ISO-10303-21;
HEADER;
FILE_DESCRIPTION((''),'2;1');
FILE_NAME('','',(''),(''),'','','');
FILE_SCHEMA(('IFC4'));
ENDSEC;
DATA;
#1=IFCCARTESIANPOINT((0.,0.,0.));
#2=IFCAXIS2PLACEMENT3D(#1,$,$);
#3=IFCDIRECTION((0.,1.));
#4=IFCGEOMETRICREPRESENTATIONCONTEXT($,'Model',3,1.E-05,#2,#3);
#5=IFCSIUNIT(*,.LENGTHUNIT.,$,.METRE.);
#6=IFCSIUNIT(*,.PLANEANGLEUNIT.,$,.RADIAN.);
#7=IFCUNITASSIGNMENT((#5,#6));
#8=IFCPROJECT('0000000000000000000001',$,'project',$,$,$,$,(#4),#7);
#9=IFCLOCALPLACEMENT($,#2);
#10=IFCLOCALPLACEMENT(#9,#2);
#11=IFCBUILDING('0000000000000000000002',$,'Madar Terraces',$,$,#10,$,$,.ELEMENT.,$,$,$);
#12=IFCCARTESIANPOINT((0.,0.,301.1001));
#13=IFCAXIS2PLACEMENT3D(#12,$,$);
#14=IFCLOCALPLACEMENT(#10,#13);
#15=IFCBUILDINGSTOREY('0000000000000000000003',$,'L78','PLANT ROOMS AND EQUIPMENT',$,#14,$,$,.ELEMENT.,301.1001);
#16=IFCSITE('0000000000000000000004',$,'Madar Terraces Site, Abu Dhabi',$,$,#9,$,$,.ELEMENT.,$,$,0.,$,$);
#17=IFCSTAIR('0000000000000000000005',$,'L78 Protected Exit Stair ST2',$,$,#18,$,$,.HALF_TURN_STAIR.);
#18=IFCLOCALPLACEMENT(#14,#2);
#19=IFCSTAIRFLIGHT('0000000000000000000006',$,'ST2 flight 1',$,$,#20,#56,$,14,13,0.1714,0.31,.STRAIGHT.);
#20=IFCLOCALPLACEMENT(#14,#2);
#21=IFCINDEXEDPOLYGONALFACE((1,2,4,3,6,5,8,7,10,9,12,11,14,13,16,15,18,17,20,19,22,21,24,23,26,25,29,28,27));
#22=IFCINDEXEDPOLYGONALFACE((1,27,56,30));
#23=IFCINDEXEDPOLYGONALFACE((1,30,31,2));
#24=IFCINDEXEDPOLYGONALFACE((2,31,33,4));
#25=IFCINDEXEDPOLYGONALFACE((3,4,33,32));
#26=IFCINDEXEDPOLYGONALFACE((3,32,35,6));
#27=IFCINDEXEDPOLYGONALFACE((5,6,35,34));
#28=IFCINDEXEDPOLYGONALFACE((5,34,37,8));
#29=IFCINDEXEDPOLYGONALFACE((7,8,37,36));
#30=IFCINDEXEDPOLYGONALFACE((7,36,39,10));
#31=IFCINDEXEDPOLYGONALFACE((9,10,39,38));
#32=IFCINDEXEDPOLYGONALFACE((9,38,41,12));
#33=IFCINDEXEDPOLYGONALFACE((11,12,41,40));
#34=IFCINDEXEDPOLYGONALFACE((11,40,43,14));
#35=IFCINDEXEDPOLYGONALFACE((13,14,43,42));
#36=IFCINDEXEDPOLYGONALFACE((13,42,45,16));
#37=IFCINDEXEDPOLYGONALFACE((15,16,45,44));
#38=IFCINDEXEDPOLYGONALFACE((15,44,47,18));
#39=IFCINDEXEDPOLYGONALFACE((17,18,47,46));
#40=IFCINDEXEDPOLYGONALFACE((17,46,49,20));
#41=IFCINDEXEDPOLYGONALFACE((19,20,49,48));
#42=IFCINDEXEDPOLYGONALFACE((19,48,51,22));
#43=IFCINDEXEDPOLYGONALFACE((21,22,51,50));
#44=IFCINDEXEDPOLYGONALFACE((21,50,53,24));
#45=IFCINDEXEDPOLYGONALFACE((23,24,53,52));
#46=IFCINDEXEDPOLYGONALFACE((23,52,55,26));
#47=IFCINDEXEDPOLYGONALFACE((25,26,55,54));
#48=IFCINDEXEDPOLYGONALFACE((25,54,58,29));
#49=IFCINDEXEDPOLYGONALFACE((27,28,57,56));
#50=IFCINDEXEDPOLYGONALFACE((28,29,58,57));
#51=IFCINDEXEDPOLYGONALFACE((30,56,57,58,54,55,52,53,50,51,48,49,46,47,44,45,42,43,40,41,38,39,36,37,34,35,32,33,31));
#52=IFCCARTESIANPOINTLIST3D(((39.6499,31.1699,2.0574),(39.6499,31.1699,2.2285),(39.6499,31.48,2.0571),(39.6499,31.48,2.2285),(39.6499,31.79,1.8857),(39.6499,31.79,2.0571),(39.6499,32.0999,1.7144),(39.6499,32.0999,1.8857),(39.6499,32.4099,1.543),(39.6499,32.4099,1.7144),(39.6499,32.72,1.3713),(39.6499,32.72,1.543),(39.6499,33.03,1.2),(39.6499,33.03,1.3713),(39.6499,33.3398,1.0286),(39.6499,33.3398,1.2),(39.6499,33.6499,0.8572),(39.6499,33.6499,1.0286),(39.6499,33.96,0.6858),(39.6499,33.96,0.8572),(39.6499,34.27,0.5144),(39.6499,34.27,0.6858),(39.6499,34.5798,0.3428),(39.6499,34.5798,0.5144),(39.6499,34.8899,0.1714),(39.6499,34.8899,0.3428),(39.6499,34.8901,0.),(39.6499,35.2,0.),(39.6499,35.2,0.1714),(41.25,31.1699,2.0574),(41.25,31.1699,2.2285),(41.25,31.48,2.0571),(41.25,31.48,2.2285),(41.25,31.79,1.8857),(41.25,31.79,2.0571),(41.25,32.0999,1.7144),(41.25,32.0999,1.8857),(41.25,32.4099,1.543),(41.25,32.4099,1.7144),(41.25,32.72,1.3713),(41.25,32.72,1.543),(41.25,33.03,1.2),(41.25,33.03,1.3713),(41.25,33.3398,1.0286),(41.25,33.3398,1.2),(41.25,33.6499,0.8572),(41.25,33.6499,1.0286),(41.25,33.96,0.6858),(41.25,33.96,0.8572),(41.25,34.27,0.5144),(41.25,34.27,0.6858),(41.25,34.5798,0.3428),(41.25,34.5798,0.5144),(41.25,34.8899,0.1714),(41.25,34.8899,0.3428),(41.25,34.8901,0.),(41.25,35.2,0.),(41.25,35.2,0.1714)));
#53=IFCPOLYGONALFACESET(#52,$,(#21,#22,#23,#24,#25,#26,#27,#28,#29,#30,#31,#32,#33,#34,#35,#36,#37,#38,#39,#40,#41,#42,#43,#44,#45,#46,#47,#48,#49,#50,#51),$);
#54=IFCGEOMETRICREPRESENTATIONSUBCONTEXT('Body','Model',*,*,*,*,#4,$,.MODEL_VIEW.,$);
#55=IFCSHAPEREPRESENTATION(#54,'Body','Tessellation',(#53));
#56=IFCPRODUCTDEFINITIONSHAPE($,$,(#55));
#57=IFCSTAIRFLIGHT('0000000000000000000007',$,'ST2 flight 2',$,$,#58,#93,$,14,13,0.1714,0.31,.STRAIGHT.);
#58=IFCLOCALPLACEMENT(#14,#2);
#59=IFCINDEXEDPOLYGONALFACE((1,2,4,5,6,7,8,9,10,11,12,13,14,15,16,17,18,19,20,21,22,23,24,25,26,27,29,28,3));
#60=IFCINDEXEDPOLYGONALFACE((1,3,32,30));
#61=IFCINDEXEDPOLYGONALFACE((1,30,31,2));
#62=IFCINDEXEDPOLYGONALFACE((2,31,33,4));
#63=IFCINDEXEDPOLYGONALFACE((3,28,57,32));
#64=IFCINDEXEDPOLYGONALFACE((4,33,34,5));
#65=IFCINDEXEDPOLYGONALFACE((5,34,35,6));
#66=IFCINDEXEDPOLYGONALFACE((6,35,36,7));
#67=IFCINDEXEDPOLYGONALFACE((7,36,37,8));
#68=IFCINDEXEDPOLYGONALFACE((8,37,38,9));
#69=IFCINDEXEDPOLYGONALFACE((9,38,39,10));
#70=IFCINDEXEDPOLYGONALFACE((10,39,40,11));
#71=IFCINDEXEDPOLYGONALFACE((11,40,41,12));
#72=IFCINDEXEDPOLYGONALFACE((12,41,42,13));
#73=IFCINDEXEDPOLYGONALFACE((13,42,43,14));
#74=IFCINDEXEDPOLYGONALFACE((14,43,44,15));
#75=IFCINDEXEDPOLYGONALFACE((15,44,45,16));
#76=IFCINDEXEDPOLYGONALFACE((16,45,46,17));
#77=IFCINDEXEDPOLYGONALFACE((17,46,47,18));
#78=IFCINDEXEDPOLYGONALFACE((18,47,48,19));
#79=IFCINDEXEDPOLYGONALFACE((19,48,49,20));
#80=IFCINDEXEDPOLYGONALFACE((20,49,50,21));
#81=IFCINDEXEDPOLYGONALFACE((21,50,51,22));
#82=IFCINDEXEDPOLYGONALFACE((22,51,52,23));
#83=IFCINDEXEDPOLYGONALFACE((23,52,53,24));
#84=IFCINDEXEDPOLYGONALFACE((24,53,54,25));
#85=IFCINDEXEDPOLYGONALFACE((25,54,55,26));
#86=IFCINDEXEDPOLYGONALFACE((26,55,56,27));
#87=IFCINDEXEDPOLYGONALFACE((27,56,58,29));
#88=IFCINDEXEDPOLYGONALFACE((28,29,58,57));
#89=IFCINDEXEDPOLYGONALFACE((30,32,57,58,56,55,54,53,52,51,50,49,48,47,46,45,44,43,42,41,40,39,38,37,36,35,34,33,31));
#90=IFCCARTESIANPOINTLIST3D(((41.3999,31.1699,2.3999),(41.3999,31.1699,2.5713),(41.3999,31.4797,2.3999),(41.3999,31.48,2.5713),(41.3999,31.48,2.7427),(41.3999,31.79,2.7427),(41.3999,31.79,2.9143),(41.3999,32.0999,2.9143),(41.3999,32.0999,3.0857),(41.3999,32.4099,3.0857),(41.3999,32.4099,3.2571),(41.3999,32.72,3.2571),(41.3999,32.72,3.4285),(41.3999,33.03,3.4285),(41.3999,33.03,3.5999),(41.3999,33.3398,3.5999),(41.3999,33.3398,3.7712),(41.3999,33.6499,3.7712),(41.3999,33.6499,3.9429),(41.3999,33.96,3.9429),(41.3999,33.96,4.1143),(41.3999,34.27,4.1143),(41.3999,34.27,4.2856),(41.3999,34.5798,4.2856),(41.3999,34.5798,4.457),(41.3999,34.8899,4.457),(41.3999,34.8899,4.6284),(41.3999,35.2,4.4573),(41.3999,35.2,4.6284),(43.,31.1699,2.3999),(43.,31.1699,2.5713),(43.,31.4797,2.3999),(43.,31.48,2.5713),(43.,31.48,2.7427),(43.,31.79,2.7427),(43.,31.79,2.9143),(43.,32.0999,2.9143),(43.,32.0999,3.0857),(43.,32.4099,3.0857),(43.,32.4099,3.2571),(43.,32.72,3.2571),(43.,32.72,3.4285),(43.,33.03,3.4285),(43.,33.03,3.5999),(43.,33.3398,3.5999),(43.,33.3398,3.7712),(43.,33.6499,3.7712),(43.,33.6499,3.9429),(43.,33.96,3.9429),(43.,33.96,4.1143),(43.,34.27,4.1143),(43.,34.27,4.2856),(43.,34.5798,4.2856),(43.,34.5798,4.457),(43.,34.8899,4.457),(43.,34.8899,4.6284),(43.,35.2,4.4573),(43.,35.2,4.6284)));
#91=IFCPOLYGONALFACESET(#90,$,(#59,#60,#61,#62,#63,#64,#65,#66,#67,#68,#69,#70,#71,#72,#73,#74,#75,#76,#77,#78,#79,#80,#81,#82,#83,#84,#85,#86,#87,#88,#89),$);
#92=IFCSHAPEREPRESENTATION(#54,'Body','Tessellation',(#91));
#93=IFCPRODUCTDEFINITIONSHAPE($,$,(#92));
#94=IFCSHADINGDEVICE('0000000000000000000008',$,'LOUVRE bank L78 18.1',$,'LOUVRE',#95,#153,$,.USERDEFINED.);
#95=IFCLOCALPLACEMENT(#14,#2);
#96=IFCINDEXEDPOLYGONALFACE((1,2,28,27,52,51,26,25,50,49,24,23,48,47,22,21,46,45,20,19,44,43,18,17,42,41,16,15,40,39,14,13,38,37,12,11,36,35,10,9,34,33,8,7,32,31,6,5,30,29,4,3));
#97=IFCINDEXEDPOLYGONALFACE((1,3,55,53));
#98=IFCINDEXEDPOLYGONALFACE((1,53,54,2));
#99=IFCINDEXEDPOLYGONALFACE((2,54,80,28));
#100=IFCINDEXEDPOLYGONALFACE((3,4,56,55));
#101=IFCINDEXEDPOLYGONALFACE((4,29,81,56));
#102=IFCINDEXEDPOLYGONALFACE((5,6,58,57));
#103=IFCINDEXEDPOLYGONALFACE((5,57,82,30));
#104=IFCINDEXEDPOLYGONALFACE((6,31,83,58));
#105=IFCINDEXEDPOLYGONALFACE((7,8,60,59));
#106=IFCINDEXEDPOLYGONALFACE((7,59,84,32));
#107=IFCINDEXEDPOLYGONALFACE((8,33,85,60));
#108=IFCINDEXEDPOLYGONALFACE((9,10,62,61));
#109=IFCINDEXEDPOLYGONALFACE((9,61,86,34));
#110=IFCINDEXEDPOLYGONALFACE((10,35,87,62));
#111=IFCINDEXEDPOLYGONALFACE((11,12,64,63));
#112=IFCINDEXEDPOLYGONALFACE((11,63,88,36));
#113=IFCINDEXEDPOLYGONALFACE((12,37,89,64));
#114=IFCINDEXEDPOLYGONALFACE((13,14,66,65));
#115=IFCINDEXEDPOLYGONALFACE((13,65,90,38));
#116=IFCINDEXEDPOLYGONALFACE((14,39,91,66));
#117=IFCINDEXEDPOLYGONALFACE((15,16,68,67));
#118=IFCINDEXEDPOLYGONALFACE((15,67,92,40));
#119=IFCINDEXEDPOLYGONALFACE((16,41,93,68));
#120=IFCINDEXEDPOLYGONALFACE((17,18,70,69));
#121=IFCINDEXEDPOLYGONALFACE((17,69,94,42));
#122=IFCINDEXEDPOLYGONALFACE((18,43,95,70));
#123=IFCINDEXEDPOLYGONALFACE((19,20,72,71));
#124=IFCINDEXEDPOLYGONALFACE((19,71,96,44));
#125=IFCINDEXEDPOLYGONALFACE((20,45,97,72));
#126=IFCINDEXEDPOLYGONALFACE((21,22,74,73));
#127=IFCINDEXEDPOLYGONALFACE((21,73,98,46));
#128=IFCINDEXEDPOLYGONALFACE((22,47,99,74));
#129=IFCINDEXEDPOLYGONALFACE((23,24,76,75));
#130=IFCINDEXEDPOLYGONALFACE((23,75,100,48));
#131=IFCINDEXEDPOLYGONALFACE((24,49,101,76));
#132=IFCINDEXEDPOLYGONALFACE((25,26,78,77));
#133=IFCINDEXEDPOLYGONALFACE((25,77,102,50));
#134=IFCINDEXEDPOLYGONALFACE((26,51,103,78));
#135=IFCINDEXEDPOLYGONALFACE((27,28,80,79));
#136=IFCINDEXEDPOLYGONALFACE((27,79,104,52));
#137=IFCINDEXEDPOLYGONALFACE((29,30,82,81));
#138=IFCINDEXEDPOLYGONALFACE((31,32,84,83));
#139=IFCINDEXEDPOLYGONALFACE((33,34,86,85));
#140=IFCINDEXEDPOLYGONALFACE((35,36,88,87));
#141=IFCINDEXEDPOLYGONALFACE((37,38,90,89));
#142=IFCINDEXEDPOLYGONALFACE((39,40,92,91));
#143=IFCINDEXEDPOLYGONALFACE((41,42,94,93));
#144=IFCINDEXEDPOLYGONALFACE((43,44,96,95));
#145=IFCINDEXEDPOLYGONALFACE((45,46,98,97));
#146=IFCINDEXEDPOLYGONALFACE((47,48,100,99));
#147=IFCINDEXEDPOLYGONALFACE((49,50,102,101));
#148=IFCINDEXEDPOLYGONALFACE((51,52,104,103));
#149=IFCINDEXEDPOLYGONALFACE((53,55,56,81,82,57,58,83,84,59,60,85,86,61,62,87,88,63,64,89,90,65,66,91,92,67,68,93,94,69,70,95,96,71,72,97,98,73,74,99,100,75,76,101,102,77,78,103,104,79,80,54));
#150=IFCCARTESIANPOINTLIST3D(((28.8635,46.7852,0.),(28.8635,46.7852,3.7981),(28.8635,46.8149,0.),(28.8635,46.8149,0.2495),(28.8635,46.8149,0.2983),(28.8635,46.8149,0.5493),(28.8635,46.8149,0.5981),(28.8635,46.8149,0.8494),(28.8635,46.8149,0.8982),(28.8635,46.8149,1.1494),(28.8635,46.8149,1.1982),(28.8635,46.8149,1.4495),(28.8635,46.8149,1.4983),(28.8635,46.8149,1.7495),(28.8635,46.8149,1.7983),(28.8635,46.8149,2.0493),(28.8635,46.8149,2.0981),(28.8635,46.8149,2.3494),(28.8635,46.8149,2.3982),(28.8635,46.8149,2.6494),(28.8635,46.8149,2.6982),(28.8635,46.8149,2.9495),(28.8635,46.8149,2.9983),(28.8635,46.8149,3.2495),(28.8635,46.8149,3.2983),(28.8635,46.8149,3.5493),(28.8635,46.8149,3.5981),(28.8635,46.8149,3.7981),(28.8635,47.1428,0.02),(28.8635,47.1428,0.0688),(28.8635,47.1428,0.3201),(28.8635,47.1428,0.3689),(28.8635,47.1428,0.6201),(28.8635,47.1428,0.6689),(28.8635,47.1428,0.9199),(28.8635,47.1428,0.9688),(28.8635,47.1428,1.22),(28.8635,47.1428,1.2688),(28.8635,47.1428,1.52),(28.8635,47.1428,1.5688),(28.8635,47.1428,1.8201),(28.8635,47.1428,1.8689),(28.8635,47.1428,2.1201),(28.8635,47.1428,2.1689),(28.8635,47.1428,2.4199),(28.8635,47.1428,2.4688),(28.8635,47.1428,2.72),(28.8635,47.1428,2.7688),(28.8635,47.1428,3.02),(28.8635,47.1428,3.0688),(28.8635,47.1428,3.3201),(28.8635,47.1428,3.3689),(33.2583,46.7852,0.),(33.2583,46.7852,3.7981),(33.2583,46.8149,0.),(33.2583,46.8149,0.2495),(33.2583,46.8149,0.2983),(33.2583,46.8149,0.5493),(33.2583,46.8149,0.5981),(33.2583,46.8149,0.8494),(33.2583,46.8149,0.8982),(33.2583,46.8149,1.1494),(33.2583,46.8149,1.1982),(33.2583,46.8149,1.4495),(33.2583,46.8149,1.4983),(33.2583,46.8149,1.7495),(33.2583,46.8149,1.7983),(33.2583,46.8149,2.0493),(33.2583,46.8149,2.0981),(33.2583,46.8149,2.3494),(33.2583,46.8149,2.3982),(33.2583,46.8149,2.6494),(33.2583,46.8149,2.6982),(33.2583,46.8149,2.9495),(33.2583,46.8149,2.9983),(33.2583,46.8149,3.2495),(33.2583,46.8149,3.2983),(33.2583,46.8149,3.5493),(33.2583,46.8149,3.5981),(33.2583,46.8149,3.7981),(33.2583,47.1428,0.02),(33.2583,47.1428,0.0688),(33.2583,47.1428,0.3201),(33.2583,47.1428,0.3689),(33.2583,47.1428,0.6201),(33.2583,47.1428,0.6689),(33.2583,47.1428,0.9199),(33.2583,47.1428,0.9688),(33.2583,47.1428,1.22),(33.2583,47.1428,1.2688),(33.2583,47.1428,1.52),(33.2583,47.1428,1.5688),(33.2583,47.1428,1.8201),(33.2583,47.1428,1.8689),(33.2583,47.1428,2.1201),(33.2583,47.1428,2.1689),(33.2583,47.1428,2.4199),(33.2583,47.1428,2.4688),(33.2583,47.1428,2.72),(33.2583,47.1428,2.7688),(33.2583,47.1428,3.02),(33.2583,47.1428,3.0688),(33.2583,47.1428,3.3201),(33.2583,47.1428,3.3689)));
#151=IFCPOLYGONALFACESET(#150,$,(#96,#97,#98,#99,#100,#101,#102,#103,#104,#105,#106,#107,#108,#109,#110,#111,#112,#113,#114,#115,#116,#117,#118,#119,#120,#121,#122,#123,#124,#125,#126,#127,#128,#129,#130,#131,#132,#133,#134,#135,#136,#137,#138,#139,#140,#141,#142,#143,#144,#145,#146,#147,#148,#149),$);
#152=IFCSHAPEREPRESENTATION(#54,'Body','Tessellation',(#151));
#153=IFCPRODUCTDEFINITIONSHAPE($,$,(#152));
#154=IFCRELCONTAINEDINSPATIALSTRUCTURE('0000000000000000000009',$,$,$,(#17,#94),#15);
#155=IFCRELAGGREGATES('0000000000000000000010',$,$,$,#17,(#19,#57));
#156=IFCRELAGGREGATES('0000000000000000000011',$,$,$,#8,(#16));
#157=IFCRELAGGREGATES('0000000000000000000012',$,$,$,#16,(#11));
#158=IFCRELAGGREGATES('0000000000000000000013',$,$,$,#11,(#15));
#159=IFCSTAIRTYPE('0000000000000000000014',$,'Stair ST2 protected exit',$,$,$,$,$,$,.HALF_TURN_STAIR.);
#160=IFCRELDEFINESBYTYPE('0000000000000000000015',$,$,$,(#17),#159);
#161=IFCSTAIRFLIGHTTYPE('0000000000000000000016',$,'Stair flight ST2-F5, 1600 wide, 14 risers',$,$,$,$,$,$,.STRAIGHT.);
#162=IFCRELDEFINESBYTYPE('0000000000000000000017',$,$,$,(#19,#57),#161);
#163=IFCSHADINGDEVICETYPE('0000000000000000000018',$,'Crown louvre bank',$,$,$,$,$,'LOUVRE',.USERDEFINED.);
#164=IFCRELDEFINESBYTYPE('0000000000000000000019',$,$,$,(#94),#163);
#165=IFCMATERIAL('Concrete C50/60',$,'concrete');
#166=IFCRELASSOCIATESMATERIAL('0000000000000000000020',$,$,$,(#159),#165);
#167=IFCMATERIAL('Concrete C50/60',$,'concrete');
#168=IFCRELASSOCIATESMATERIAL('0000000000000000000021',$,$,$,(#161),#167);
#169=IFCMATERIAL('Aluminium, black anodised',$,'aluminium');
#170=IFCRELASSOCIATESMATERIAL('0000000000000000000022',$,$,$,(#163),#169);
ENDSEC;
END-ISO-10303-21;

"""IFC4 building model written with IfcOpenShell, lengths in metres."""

from ifc_helpers import new_model, si_unit, direction, frame, origin, place, context, subcontext, project, spatial, polyline, outline, extrude, material, type_object, element, aggregate, save


model = new_model("IFC4")

# Units and contexts
model_context = context("Model", 3, precision=1e-05, world=origin(), true_north=direction((0.0, 1.0)))
body_context = subcontext(model_context, "Body", "Model", "MODEL_VIEW")
ifc_project = project(units=[si_unit("LENGTHUNIT", "METRE"), si_unit("PLANEANGLEUNIT", "RADIAN")], contexts=[model_context])

# Site, building, storey
site_placement = place(None, origin())
site = spatial("IfcSite", under=ifc_project, at=site_placement, Name="Madar Terraces Site, Abu Dhabi", CompositionType="ELEMENT", RefElevation=0.0)
building_placement = place(site_placement, origin())
building = spatial("IfcBuilding", under=site, at=building_placement, Name="Madar Terraces", CompositionType="ELEMENT")
storey_placement = place(building_placement, frame((0.0, 0.0, 301.1001)))
storey = spatial("IfcBuildingStorey", under=building, at=storey_placement, Name="L78", Description="PLANT ROOMS AND EQUIPMENT", CompositionType="ELEMENT", Elevation=301.1001)

# Stair, stair flights
ifc_material_1 = material(Name="Concrete C50/60", Category="concrete")
stair_type = type_object("IfcStairType", Name="Stair ST2 protected exit", PredefinedType="HALF_TURN_STAIR", material=ifc_material_1)
stair_placement = place(storey_placement, origin())
stair = element("IfcStair", 1, at=stair_placement, inside=storey, type_object=stair_type, Name="L78 Protected Exit Stair ST2", PredefinedType="HALF_TURN_STAIR")
ifc_material_2 = material(Name="Concrete C50/60", Category="concrete")
stair_flight_type = type_object("IfcStairFlightType", Name="Stair flight ST2-F5, 1600 wide, 14 risers", PredefinedType="STRAIGHT", material=ifc_material_2)
stair_flight_1_placement = place(storey_placement, frame((40.45, 35.2, 0.0), z_axis=(0.0, 0.0, 1.0), x_axis=(0.0, -1.0, 0.0)))
stair_flight_1 = element("IfcStairFlight", 2, at=stair_flight_1_placement, type_object=stair_flight_type, Name="ST2 flight 1", NumberOfRisers=14, NumberOfTreads=13, PredefinedType="STRAIGHT", RiserHeight=0.1714, TreadLength=0.31, context=body_context, shape_type="SweptSolid", body=[
    extrude(outline(polyline([(0.0, 0.0), (0.0, 0.1714), (0.3101, 0.1714), (0.3101, 0.3428), (0.6201, 0.3428), (0.6201, 0.5144), (0.9299, 0.5144), (0.9299, 0.6858), (1.24, 0.6858), (1.24, 0.8572), (1.55, 0.8572), (1.55, 1.0286), (1.8601, 1.0286), (1.8601, 1.2), (2.1699, 1.2), (2.1699, 1.3713), (2.48, 1.3713), (2.48, 1.543), (2.79, 1.543), (2.79, 1.7144), (3.1001, 1.7144), (3.1001, 1.8857), (3.4099, 1.8857), (3.4099, 2.0571), (3.72, 2.0571), (3.72, 2.2285), (4.03, 2.2285), (4.03, 2.3999), (4.03, 2.0574), (0.3098, 0.0), (0.0, 0.0)])), frame((0.0, 0.8, 0.0), z_axis=(0.0, -1.0, 0.0), x_axis=(1.0, 0.0, 0.0)), (0.0, 0.0, 1.0), 1.6001),
])
stair_flight_2_placement = place(storey_placement, frame((42.2, 31.1699, 2.3999), z_axis=(0.0, 0.0, 1.0), x_axis=(0.0, 1.0, 0.0)))
stair_flight_2 = element("IfcStairFlight", 3, at=stair_flight_2_placement, type_object=stair_flight_type, Name="ST2 flight 2", NumberOfRisers=14, NumberOfTreads=13, PredefinedType="STRAIGHT", RiserHeight=0.1714, TreadLength=0.31, context=body_context, shape_type="SweptSolid", body=[
    extrude(outline(polyline([(0.0, 0.0), (0.0, 0.1714), (0.3101, 0.1714), (0.3101, 0.3428), (0.6201, 0.3428), (0.6201, 0.5144), (0.9299, 0.5144), (0.9299, 0.6858), (1.24, 0.6858), (1.24, 0.8572), (1.55, 0.8572), (1.55, 1.0286), (1.8601, 1.0286), (1.8601, 1.2), (2.1699, 1.2), (2.1699, 1.3713), (2.48, 1.3713), (2.48, 1.543), (2.79, 1.543), (2.79, 1.7144), (3.1001, 1.7144), (3.1001, 1.8857), (3.4099, 1.8857), (3.4099, 2.0571), (3.72, 2.0571), (3.72, 2.2285), (4.03, 2.2285), (4.03, 2.3999), (4.03, 2.0574), (0.3098, 0.0), (0.0, 0.0)])), frame((0.0, 0.8, 0.0), z_axis=(0.0, -1.0, 0.0), x_axis=(1.0, 0.0, 0.0)), (0.0, 0.0, 1.0), 1.6001),
])
aggregate(stair, [stair_flight_1, stair_flight_2])

# Shading device
ifc_material_3 = material(Name="Aluminium, black anodised", Category="aluminium")
shading_device_type = type_object("IfcShadingDeviceType", Name="Crown louvre bank", ElementType="LOUVRE", PredefinedType="USERDEFINED", material=ifc_material_3)
shading_device_1_placement = place(storey_placement, frame((33.2583, 46.8, 0.0), z_axis=(-1.0, 0.0, 0.0), x_axis=(0.0, -1.0, 0.0)))
element("IfcShadingDevice", 4, at=shading_device_1_placement, inside=storey, type_object=shading_device_type, Name="LOUVRE bank L78 18.1", ObjectType="LOUVRE", PredefinedType="USERDEFINED", context=body_context, shape_type="SweptSolid", body=[
    extrude(outline(polyline([(0.0149, 0.0), (-0.0149, 0.0), (-0.0149, 0.2495), (-0.3428, 0.02), (-0.3428, 0.0688), (-0.0149, 0.2983), (-0.0149, 0.5493), (-0.3428, 0.3201), (-0.3428, 0.3689), (-0.0149, 0.5981), (-0.0149, 0.8494), (-0.3428, 0.6201), (-0.3428, 0.6689), (-0.0149, 0.8982), (-0.0149, 1.1494), (-0.3428, 0.9199), (-0.3428, 0.9688), (-0.0149, 1.1982), (-0.0149, 1.4495), (-0.3428, 1.22), (-0.3428, 1.2688), (-0.0149, 1.4983), (-0.0149, 1.7495), (-0.3428, 1.52), (-0.3428, 1.5688), (-0.0149, 1.7983), (-0.0149, 2.0493), (-0.3428, 1.8201), (-0.3428, 1.8689), (-0.0149, 2.0981), (-0.0149, 2.3494), (-0.3428, 2.1201), (-0.3428, 2.1689), (-0.0149, 2.3982), (-0.0149, 2.6494), (-0.3428, 2.4199), (-0.3428, 2.4688), (-0.0149, 2.6982), (-0.0149, 2.9495), (-0.3428, 2.72), (-0.3428, 2.7688), (-0.0149, 2.9983), (-0.0149, 3.2495), (-0.3428, 3.02), (-0.3428, 3.0688), (-0.0149, 3.2983), (-0.0149, 3.5493), (-0.3428, 3.3201), (-0.3428, 3.3689), (-0.0149, 3.5981), (-0.0149, 3.7981), (0.0149, 3.7981), (0.0149, 0.0)])), origin(), (0.0, 0.0, 1.0), 4.3948),
])

save(model, "model.ifc")
